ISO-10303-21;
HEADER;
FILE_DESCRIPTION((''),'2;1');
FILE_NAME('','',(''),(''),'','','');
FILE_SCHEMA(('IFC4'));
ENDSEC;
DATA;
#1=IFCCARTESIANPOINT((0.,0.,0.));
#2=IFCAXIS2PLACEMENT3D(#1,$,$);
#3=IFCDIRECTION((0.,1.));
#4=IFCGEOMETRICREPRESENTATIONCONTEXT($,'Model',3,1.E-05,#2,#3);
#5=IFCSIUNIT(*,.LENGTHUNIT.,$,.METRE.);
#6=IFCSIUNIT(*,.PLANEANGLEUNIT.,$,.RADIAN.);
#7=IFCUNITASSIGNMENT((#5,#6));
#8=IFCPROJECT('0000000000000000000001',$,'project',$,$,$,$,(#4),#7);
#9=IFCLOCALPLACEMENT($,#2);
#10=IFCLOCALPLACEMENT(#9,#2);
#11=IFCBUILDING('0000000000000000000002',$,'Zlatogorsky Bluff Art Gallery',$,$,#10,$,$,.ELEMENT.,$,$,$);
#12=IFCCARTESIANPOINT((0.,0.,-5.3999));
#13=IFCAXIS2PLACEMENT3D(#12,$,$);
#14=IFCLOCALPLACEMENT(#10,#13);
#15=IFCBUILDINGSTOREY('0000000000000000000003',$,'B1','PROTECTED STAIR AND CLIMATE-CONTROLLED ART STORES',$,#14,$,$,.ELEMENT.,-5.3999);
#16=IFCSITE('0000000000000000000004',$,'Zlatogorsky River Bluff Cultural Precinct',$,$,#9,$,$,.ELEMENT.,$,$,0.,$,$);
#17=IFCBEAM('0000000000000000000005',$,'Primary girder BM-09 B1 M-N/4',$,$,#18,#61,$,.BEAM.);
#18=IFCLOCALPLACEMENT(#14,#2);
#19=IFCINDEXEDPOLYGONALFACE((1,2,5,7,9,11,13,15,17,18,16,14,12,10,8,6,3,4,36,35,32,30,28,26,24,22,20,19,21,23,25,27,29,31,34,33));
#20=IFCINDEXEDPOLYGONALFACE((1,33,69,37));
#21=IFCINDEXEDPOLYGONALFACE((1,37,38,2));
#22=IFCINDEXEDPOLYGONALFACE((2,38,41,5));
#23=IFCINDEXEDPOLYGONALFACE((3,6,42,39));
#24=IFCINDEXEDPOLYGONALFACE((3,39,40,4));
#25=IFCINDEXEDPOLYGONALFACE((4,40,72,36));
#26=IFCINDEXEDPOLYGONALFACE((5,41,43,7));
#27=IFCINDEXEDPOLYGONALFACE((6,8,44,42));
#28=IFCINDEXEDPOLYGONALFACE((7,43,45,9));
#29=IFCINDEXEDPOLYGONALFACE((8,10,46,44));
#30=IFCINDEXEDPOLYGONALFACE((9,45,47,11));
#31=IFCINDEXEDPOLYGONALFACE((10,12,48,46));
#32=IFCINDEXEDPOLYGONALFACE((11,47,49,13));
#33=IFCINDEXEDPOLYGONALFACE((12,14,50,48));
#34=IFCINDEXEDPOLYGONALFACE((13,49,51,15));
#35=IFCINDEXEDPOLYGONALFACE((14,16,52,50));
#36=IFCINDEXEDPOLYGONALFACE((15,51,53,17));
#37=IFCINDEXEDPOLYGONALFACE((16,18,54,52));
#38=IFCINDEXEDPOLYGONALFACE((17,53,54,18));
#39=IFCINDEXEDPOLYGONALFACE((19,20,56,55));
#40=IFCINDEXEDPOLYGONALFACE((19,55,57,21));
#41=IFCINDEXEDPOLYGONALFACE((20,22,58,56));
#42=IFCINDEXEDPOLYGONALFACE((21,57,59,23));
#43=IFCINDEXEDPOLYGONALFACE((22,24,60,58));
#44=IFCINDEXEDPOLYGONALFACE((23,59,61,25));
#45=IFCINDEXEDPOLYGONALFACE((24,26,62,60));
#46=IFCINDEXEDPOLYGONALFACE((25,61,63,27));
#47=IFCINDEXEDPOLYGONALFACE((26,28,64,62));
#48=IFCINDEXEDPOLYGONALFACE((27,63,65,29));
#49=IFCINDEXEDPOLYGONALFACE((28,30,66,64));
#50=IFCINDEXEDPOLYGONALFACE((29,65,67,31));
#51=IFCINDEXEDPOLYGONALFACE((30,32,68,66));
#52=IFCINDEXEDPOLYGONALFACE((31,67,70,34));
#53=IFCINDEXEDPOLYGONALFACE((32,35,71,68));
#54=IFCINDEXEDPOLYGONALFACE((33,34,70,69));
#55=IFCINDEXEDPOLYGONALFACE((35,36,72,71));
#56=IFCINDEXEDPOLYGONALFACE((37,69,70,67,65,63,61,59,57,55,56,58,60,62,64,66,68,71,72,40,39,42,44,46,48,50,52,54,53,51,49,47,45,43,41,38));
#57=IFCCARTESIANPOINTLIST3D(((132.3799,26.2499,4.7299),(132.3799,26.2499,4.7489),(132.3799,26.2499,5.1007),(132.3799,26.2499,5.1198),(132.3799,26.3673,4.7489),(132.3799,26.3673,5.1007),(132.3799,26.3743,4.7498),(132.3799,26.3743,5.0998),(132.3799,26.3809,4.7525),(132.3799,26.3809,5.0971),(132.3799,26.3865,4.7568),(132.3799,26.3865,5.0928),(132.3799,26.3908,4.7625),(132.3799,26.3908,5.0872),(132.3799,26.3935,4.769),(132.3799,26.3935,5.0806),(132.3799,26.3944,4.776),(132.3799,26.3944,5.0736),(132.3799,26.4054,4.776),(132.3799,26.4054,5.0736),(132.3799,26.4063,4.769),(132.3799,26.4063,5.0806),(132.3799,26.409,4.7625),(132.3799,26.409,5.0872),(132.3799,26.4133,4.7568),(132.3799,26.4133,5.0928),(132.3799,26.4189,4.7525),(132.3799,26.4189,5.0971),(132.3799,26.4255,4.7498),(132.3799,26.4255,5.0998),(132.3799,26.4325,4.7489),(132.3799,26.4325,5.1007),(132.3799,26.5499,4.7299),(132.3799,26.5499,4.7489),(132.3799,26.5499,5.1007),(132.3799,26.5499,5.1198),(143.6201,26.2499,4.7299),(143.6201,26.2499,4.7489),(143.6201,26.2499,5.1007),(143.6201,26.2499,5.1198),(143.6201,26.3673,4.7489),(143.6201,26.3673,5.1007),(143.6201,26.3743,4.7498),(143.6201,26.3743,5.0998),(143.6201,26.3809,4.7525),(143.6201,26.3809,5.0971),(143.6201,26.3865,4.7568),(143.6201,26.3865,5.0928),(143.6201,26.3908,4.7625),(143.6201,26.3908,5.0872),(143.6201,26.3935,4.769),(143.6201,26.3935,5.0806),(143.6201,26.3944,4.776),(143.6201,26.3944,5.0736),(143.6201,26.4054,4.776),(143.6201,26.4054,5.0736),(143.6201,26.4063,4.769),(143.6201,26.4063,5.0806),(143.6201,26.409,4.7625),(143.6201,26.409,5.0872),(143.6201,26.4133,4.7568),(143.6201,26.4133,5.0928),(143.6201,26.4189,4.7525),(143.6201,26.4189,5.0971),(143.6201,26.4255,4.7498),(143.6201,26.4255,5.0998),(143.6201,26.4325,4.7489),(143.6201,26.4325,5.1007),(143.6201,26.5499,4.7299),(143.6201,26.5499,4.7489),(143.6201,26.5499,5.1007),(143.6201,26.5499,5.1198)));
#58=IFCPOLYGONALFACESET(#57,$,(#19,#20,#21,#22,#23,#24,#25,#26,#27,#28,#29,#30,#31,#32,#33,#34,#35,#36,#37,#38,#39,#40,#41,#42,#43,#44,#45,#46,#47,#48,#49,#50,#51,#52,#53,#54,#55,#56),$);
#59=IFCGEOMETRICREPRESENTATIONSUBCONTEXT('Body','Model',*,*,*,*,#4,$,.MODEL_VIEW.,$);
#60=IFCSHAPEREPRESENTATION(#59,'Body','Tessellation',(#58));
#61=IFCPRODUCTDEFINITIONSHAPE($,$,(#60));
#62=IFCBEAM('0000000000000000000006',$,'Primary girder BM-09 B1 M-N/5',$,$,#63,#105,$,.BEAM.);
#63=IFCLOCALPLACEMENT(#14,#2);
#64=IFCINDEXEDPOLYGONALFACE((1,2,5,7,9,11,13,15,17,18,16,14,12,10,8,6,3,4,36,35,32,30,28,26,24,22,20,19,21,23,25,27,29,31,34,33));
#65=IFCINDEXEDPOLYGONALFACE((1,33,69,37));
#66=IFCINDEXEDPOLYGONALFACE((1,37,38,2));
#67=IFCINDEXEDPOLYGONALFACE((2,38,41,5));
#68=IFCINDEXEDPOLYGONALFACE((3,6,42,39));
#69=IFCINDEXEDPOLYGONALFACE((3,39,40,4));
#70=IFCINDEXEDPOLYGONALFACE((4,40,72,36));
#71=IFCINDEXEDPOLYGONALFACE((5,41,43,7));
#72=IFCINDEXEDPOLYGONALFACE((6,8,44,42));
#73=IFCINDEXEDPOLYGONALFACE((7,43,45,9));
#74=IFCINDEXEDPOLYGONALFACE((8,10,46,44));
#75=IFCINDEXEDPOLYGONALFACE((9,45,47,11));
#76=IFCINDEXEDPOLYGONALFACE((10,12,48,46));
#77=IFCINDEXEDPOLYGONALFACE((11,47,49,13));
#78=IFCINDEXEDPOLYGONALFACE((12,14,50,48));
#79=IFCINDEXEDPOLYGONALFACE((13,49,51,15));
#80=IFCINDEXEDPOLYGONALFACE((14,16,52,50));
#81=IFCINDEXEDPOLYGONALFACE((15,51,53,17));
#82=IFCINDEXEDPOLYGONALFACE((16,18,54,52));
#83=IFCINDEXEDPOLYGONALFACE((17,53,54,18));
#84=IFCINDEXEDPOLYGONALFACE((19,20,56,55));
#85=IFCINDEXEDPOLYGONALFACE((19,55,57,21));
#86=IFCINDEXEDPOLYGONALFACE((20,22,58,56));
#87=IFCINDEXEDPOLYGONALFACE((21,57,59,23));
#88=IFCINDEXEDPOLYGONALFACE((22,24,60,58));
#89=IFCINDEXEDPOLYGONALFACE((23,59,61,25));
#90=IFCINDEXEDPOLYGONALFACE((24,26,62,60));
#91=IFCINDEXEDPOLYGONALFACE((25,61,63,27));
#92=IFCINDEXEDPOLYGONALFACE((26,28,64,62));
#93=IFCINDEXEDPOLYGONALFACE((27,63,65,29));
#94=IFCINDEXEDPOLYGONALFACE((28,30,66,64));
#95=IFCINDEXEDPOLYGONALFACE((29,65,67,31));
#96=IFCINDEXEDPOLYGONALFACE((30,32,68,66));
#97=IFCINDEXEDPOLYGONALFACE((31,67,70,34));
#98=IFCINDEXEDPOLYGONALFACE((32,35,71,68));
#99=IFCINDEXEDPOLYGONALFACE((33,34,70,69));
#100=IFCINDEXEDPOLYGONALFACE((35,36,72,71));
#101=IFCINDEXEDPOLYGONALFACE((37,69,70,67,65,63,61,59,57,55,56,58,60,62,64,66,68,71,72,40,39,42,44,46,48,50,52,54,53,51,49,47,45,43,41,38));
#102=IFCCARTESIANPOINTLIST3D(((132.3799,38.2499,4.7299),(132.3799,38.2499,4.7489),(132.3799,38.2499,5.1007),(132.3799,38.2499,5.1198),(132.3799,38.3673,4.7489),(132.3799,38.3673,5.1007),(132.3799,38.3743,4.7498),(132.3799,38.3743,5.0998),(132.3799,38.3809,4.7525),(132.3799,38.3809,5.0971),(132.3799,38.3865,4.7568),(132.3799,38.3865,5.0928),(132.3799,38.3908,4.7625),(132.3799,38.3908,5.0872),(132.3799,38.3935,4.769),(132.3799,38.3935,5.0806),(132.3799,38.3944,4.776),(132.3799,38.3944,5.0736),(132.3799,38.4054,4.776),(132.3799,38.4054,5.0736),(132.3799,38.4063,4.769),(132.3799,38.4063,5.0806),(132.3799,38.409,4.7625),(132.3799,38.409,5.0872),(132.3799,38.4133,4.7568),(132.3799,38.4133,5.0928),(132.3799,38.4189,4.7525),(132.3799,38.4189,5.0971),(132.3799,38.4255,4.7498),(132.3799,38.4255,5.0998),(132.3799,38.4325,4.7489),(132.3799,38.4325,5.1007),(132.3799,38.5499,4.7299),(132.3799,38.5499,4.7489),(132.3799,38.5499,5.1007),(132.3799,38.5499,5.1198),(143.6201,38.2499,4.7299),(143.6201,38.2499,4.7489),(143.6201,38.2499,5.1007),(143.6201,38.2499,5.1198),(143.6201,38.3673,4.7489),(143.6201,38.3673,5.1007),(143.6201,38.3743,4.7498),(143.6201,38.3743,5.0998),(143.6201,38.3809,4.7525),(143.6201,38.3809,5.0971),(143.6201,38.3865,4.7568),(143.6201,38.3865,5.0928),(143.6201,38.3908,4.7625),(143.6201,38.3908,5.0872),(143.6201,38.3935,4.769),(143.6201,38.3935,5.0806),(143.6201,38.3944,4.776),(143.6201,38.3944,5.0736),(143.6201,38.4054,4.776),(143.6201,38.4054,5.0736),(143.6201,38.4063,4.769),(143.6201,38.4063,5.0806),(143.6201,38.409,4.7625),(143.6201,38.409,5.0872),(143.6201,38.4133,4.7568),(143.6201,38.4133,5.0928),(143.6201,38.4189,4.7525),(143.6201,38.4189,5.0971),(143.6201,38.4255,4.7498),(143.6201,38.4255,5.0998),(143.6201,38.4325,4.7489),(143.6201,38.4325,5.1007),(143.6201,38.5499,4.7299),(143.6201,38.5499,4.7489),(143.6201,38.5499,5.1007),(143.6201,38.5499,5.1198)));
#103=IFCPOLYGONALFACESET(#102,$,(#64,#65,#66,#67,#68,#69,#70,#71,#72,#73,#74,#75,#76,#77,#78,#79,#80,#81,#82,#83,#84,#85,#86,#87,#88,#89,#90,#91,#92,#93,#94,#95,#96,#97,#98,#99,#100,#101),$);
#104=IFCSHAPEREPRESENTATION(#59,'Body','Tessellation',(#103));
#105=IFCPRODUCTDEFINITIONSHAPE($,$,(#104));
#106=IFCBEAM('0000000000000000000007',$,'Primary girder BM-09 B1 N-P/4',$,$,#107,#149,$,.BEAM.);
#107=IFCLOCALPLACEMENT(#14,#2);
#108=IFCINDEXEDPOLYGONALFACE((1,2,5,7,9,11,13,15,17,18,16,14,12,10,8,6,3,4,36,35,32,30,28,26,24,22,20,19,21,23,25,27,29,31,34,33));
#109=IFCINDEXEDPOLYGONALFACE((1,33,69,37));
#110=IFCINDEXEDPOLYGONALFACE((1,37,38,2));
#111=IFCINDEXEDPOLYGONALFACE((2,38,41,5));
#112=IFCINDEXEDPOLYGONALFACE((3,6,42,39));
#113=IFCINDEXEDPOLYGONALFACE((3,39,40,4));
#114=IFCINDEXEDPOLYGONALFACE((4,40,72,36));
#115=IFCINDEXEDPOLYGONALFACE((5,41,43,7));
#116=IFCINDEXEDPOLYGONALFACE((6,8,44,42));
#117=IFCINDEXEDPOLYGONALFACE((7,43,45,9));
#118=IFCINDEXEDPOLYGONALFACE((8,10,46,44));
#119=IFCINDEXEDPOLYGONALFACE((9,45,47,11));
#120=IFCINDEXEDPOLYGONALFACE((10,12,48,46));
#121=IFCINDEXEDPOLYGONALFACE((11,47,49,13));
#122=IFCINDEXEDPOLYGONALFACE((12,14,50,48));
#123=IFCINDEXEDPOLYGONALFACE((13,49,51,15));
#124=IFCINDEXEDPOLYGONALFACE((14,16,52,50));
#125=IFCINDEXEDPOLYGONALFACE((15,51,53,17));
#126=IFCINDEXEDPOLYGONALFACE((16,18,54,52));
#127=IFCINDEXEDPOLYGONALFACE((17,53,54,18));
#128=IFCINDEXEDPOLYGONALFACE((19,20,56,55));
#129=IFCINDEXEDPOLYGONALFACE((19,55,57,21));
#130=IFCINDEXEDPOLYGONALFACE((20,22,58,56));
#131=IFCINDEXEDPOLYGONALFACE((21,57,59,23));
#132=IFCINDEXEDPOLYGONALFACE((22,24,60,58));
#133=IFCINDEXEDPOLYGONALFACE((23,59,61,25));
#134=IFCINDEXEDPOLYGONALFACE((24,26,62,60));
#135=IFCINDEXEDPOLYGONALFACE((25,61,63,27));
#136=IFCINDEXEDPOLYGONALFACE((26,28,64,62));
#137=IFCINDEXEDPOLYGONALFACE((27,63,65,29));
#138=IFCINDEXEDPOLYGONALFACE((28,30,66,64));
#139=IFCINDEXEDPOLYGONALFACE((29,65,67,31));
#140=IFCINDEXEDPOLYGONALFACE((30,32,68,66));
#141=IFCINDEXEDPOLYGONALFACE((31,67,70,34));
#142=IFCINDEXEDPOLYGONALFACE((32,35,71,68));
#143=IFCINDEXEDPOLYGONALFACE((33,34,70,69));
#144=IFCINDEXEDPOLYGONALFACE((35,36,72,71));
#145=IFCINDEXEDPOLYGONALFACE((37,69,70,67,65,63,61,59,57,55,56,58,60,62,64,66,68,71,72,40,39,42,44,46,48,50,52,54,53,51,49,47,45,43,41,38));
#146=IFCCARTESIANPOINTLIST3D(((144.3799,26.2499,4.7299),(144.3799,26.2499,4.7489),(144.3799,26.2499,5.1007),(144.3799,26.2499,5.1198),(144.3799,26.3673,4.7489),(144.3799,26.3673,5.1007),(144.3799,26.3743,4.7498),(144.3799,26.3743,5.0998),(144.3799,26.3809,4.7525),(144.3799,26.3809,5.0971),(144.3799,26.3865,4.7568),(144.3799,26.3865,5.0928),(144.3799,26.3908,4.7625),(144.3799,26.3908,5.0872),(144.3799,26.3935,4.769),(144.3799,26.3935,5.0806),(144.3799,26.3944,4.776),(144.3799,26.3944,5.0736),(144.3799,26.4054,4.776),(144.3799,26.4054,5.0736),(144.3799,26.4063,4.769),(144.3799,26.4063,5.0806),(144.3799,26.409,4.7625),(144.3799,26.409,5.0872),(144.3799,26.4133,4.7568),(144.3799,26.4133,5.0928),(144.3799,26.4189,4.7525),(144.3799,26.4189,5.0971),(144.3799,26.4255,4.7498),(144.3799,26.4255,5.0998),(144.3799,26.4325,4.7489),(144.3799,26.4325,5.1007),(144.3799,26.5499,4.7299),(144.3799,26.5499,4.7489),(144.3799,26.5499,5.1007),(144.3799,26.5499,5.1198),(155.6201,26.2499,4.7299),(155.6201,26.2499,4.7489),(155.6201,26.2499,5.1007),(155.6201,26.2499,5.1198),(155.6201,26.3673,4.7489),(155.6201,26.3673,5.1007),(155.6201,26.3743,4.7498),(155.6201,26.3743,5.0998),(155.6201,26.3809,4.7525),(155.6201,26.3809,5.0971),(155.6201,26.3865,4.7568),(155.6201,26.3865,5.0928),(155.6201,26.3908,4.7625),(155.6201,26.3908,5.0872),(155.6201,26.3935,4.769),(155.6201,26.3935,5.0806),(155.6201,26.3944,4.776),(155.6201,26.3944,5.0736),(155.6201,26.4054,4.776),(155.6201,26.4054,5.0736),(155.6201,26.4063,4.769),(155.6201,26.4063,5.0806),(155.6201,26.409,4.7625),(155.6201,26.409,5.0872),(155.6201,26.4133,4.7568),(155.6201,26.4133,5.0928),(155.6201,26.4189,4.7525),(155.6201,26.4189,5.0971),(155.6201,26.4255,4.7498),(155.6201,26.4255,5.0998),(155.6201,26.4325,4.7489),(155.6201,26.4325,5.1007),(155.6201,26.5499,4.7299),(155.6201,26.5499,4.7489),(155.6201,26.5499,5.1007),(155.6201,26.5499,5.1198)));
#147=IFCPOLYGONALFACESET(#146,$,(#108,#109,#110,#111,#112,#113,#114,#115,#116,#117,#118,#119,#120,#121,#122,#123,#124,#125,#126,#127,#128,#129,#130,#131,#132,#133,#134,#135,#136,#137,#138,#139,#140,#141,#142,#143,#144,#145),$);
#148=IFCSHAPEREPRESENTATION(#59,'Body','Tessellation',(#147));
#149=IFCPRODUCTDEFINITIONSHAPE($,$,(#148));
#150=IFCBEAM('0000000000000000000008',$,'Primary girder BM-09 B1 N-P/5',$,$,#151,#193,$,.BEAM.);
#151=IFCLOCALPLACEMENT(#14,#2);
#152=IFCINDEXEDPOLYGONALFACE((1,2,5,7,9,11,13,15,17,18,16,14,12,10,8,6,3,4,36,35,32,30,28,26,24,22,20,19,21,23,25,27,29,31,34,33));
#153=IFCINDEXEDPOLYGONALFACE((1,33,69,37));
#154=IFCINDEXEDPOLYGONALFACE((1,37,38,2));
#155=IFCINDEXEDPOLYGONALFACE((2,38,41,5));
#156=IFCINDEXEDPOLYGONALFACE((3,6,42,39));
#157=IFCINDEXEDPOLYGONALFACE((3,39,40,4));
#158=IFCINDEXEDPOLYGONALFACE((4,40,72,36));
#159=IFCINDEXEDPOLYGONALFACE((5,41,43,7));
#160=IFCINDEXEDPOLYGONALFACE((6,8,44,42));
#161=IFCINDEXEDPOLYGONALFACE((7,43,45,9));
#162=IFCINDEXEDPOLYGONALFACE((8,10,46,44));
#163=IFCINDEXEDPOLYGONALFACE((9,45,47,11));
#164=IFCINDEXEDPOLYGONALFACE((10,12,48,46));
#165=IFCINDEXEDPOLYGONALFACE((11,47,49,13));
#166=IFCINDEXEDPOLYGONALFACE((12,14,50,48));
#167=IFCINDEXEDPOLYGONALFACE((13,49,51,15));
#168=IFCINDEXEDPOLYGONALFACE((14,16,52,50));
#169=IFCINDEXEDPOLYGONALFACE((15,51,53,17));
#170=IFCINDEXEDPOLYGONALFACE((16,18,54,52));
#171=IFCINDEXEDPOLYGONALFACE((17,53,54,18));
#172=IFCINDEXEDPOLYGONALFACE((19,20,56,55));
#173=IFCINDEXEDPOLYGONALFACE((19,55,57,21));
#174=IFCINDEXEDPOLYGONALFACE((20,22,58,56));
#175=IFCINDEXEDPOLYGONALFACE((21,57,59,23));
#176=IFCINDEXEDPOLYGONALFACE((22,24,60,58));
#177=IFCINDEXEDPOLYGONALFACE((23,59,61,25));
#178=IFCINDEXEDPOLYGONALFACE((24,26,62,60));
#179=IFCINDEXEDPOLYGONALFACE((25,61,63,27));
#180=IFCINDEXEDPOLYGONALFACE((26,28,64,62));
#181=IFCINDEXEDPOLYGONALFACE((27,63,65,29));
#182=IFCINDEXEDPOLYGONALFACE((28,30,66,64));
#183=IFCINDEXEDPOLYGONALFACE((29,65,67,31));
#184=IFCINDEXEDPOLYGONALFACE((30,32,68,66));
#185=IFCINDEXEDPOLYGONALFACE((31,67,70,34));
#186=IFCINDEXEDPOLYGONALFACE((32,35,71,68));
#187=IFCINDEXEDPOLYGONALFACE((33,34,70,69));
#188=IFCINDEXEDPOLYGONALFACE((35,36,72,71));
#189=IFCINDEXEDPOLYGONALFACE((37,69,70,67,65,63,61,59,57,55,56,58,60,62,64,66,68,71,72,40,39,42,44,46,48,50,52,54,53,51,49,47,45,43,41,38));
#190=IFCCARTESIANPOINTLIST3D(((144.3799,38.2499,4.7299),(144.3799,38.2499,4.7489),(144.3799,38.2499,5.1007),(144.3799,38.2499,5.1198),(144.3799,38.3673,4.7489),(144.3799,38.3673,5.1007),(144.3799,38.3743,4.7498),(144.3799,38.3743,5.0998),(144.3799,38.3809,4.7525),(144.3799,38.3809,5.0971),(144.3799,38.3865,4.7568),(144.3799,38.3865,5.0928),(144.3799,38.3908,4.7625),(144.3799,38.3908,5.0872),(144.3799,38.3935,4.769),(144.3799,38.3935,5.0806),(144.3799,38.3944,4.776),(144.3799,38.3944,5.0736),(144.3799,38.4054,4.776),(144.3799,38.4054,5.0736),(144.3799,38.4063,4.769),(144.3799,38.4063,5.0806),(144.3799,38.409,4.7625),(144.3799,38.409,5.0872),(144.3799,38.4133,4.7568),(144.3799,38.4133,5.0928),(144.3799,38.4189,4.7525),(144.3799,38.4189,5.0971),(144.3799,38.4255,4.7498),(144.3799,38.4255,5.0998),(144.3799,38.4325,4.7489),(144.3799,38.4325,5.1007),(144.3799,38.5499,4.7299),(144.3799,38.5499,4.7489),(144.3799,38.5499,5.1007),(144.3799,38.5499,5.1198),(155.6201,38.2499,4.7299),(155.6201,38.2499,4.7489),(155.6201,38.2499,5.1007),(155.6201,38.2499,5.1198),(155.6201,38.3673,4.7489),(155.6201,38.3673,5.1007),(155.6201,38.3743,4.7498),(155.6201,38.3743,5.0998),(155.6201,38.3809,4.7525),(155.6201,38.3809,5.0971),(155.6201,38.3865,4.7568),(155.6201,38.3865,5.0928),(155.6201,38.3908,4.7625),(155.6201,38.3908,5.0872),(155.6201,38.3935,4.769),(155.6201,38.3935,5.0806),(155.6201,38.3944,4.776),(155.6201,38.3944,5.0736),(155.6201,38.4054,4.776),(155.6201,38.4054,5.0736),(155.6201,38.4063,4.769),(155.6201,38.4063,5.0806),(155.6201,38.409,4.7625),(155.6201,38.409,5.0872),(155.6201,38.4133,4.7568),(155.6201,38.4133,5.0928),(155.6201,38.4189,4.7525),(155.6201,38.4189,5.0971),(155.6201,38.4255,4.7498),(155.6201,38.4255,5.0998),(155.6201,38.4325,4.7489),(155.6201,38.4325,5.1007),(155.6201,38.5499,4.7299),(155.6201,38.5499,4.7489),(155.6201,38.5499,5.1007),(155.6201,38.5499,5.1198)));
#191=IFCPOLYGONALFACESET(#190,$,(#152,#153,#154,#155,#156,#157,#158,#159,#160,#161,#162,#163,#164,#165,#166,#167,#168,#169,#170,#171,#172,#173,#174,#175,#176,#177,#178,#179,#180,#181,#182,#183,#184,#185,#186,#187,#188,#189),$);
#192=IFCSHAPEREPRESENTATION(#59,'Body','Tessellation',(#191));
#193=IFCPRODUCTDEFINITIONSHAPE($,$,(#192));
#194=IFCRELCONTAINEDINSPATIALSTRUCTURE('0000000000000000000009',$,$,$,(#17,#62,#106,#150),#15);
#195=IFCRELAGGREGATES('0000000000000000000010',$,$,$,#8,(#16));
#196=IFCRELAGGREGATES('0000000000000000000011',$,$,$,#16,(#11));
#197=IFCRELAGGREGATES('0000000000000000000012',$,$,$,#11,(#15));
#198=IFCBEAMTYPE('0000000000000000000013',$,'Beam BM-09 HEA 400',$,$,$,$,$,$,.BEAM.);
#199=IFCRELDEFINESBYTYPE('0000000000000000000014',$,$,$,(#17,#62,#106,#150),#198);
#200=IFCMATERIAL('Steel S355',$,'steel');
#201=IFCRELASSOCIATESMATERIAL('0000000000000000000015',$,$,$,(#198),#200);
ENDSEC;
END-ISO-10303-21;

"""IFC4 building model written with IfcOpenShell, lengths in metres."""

from ifc_helpers import new_model, si_unit, direction, frame, origin, origin_2d, place, context, subcontext, project, spatial, i_section, extrude, material, material_profile, profile_set, type_object, element, save


model = new_model("IFC4")

# Units and contexts
model_context = context("Model", 3, precision=1e-05, world=origin(), true_north=direction((0.0, 1.0)))
body_context = subcontext(model_context, "Body", "Model", "MODEL_VIEW")
ifc_project = project(units=[si_unit("LENGTHUNIT", "METRE"), si_unit("PLANEANGLEUNIT", "RADIAN")], contexts=[model_context])

# Site, building, storey
site_placement = place(None, origin())
site = spatial("IfcSite", under=ifc_project, at=site_placement, Name="Zlatogorsky River Bluff Cultural Precinct", CompositionType="ELEMENT", RefElevation=0.0)
building_placement = place(site_placement, origin())
building = spatial("IfcBuilding", under=site, at=building_placement, Name="Zlatogorsky Bluff Art Gallery", CompositionType="ELEMENT")
storey_placement = place(building_placement, frame((0.0, 0.0, -5.3999)))
storey = spatial("IfcBuildingStorey", under=building, at=storey_placement, Name="B1", Description="PROTECTED STAIR AND CLIMATE-CONTROLLED ART STORES", CompositionType="ELEMENT", Elevation=-5.3999)

# Beams
ifc_material_1 = material(Name="Steel S355", Category="steel")
ifc_material_profile_1 = material_profile(ifc_material_1, i_section(OverallWidth=0.3, OverallDepth=0.3899, WebThickness=0.011, FlangeThickness=0.019, FilletRadius=0.0271, at=origin_2d()), Name="HEA 400")
ifc_profile_set_1 = profile_set([ifc_material_profile_1], Name="Steel S355")
beam_type_1 = type_object("IfcBeamType", Name="Beam BM-09 HEA 400", PredefinedType="BEAM", material=ifc_profile_set_1)
for number, where, z_axis, x_axis, name in (
    (1, (132.3799, 26.3999, 4.9248), (1.0, 0.0, 0.0), (0.0, 1.0, 0.0), "Primary girder BM-09 B1 M-N/4"),
    (2, (132.3799, 38.3999, 4.9248), (1.0, 0.0, 0.0), (0.0, 1.0, 0.0), "Primary girder BM-09 B1 M-N/5"),
    (3, (144.3799, 26.3999, 4.9248), (1.0, 0.0, 0.0), (0.0, 1.0, 0.0), "Primary girder BM-09 B1 N-P/4"),
    (4, (144.3799, 38.3999, 4.9248), (1.0, 0.0, 0.0), (0.0, 1.0, 0.0), "Primary girder BM-09 B1 N-P/5"),
):
    element("IfcBeam", number, at=place(storey_placement, frame(where, z_axis=z_axis, x_axis=x_axis)), inside=storey, type_object=beam_type_1, Name=name, PredefinedType="BEAM", context=body_context, shape_type="SweptSolid", body=[
        extrude(i_section(OverallWidth=0.3, OverallDepth=0.3899, WebThickness=0.011, FlangeThickness=0.019, FilletRadius=0.0271, at=origin_2d()), origin(), (0.0, 0.0, 1.0), 11.2402),
    ])

save(model, "model.ifc")
